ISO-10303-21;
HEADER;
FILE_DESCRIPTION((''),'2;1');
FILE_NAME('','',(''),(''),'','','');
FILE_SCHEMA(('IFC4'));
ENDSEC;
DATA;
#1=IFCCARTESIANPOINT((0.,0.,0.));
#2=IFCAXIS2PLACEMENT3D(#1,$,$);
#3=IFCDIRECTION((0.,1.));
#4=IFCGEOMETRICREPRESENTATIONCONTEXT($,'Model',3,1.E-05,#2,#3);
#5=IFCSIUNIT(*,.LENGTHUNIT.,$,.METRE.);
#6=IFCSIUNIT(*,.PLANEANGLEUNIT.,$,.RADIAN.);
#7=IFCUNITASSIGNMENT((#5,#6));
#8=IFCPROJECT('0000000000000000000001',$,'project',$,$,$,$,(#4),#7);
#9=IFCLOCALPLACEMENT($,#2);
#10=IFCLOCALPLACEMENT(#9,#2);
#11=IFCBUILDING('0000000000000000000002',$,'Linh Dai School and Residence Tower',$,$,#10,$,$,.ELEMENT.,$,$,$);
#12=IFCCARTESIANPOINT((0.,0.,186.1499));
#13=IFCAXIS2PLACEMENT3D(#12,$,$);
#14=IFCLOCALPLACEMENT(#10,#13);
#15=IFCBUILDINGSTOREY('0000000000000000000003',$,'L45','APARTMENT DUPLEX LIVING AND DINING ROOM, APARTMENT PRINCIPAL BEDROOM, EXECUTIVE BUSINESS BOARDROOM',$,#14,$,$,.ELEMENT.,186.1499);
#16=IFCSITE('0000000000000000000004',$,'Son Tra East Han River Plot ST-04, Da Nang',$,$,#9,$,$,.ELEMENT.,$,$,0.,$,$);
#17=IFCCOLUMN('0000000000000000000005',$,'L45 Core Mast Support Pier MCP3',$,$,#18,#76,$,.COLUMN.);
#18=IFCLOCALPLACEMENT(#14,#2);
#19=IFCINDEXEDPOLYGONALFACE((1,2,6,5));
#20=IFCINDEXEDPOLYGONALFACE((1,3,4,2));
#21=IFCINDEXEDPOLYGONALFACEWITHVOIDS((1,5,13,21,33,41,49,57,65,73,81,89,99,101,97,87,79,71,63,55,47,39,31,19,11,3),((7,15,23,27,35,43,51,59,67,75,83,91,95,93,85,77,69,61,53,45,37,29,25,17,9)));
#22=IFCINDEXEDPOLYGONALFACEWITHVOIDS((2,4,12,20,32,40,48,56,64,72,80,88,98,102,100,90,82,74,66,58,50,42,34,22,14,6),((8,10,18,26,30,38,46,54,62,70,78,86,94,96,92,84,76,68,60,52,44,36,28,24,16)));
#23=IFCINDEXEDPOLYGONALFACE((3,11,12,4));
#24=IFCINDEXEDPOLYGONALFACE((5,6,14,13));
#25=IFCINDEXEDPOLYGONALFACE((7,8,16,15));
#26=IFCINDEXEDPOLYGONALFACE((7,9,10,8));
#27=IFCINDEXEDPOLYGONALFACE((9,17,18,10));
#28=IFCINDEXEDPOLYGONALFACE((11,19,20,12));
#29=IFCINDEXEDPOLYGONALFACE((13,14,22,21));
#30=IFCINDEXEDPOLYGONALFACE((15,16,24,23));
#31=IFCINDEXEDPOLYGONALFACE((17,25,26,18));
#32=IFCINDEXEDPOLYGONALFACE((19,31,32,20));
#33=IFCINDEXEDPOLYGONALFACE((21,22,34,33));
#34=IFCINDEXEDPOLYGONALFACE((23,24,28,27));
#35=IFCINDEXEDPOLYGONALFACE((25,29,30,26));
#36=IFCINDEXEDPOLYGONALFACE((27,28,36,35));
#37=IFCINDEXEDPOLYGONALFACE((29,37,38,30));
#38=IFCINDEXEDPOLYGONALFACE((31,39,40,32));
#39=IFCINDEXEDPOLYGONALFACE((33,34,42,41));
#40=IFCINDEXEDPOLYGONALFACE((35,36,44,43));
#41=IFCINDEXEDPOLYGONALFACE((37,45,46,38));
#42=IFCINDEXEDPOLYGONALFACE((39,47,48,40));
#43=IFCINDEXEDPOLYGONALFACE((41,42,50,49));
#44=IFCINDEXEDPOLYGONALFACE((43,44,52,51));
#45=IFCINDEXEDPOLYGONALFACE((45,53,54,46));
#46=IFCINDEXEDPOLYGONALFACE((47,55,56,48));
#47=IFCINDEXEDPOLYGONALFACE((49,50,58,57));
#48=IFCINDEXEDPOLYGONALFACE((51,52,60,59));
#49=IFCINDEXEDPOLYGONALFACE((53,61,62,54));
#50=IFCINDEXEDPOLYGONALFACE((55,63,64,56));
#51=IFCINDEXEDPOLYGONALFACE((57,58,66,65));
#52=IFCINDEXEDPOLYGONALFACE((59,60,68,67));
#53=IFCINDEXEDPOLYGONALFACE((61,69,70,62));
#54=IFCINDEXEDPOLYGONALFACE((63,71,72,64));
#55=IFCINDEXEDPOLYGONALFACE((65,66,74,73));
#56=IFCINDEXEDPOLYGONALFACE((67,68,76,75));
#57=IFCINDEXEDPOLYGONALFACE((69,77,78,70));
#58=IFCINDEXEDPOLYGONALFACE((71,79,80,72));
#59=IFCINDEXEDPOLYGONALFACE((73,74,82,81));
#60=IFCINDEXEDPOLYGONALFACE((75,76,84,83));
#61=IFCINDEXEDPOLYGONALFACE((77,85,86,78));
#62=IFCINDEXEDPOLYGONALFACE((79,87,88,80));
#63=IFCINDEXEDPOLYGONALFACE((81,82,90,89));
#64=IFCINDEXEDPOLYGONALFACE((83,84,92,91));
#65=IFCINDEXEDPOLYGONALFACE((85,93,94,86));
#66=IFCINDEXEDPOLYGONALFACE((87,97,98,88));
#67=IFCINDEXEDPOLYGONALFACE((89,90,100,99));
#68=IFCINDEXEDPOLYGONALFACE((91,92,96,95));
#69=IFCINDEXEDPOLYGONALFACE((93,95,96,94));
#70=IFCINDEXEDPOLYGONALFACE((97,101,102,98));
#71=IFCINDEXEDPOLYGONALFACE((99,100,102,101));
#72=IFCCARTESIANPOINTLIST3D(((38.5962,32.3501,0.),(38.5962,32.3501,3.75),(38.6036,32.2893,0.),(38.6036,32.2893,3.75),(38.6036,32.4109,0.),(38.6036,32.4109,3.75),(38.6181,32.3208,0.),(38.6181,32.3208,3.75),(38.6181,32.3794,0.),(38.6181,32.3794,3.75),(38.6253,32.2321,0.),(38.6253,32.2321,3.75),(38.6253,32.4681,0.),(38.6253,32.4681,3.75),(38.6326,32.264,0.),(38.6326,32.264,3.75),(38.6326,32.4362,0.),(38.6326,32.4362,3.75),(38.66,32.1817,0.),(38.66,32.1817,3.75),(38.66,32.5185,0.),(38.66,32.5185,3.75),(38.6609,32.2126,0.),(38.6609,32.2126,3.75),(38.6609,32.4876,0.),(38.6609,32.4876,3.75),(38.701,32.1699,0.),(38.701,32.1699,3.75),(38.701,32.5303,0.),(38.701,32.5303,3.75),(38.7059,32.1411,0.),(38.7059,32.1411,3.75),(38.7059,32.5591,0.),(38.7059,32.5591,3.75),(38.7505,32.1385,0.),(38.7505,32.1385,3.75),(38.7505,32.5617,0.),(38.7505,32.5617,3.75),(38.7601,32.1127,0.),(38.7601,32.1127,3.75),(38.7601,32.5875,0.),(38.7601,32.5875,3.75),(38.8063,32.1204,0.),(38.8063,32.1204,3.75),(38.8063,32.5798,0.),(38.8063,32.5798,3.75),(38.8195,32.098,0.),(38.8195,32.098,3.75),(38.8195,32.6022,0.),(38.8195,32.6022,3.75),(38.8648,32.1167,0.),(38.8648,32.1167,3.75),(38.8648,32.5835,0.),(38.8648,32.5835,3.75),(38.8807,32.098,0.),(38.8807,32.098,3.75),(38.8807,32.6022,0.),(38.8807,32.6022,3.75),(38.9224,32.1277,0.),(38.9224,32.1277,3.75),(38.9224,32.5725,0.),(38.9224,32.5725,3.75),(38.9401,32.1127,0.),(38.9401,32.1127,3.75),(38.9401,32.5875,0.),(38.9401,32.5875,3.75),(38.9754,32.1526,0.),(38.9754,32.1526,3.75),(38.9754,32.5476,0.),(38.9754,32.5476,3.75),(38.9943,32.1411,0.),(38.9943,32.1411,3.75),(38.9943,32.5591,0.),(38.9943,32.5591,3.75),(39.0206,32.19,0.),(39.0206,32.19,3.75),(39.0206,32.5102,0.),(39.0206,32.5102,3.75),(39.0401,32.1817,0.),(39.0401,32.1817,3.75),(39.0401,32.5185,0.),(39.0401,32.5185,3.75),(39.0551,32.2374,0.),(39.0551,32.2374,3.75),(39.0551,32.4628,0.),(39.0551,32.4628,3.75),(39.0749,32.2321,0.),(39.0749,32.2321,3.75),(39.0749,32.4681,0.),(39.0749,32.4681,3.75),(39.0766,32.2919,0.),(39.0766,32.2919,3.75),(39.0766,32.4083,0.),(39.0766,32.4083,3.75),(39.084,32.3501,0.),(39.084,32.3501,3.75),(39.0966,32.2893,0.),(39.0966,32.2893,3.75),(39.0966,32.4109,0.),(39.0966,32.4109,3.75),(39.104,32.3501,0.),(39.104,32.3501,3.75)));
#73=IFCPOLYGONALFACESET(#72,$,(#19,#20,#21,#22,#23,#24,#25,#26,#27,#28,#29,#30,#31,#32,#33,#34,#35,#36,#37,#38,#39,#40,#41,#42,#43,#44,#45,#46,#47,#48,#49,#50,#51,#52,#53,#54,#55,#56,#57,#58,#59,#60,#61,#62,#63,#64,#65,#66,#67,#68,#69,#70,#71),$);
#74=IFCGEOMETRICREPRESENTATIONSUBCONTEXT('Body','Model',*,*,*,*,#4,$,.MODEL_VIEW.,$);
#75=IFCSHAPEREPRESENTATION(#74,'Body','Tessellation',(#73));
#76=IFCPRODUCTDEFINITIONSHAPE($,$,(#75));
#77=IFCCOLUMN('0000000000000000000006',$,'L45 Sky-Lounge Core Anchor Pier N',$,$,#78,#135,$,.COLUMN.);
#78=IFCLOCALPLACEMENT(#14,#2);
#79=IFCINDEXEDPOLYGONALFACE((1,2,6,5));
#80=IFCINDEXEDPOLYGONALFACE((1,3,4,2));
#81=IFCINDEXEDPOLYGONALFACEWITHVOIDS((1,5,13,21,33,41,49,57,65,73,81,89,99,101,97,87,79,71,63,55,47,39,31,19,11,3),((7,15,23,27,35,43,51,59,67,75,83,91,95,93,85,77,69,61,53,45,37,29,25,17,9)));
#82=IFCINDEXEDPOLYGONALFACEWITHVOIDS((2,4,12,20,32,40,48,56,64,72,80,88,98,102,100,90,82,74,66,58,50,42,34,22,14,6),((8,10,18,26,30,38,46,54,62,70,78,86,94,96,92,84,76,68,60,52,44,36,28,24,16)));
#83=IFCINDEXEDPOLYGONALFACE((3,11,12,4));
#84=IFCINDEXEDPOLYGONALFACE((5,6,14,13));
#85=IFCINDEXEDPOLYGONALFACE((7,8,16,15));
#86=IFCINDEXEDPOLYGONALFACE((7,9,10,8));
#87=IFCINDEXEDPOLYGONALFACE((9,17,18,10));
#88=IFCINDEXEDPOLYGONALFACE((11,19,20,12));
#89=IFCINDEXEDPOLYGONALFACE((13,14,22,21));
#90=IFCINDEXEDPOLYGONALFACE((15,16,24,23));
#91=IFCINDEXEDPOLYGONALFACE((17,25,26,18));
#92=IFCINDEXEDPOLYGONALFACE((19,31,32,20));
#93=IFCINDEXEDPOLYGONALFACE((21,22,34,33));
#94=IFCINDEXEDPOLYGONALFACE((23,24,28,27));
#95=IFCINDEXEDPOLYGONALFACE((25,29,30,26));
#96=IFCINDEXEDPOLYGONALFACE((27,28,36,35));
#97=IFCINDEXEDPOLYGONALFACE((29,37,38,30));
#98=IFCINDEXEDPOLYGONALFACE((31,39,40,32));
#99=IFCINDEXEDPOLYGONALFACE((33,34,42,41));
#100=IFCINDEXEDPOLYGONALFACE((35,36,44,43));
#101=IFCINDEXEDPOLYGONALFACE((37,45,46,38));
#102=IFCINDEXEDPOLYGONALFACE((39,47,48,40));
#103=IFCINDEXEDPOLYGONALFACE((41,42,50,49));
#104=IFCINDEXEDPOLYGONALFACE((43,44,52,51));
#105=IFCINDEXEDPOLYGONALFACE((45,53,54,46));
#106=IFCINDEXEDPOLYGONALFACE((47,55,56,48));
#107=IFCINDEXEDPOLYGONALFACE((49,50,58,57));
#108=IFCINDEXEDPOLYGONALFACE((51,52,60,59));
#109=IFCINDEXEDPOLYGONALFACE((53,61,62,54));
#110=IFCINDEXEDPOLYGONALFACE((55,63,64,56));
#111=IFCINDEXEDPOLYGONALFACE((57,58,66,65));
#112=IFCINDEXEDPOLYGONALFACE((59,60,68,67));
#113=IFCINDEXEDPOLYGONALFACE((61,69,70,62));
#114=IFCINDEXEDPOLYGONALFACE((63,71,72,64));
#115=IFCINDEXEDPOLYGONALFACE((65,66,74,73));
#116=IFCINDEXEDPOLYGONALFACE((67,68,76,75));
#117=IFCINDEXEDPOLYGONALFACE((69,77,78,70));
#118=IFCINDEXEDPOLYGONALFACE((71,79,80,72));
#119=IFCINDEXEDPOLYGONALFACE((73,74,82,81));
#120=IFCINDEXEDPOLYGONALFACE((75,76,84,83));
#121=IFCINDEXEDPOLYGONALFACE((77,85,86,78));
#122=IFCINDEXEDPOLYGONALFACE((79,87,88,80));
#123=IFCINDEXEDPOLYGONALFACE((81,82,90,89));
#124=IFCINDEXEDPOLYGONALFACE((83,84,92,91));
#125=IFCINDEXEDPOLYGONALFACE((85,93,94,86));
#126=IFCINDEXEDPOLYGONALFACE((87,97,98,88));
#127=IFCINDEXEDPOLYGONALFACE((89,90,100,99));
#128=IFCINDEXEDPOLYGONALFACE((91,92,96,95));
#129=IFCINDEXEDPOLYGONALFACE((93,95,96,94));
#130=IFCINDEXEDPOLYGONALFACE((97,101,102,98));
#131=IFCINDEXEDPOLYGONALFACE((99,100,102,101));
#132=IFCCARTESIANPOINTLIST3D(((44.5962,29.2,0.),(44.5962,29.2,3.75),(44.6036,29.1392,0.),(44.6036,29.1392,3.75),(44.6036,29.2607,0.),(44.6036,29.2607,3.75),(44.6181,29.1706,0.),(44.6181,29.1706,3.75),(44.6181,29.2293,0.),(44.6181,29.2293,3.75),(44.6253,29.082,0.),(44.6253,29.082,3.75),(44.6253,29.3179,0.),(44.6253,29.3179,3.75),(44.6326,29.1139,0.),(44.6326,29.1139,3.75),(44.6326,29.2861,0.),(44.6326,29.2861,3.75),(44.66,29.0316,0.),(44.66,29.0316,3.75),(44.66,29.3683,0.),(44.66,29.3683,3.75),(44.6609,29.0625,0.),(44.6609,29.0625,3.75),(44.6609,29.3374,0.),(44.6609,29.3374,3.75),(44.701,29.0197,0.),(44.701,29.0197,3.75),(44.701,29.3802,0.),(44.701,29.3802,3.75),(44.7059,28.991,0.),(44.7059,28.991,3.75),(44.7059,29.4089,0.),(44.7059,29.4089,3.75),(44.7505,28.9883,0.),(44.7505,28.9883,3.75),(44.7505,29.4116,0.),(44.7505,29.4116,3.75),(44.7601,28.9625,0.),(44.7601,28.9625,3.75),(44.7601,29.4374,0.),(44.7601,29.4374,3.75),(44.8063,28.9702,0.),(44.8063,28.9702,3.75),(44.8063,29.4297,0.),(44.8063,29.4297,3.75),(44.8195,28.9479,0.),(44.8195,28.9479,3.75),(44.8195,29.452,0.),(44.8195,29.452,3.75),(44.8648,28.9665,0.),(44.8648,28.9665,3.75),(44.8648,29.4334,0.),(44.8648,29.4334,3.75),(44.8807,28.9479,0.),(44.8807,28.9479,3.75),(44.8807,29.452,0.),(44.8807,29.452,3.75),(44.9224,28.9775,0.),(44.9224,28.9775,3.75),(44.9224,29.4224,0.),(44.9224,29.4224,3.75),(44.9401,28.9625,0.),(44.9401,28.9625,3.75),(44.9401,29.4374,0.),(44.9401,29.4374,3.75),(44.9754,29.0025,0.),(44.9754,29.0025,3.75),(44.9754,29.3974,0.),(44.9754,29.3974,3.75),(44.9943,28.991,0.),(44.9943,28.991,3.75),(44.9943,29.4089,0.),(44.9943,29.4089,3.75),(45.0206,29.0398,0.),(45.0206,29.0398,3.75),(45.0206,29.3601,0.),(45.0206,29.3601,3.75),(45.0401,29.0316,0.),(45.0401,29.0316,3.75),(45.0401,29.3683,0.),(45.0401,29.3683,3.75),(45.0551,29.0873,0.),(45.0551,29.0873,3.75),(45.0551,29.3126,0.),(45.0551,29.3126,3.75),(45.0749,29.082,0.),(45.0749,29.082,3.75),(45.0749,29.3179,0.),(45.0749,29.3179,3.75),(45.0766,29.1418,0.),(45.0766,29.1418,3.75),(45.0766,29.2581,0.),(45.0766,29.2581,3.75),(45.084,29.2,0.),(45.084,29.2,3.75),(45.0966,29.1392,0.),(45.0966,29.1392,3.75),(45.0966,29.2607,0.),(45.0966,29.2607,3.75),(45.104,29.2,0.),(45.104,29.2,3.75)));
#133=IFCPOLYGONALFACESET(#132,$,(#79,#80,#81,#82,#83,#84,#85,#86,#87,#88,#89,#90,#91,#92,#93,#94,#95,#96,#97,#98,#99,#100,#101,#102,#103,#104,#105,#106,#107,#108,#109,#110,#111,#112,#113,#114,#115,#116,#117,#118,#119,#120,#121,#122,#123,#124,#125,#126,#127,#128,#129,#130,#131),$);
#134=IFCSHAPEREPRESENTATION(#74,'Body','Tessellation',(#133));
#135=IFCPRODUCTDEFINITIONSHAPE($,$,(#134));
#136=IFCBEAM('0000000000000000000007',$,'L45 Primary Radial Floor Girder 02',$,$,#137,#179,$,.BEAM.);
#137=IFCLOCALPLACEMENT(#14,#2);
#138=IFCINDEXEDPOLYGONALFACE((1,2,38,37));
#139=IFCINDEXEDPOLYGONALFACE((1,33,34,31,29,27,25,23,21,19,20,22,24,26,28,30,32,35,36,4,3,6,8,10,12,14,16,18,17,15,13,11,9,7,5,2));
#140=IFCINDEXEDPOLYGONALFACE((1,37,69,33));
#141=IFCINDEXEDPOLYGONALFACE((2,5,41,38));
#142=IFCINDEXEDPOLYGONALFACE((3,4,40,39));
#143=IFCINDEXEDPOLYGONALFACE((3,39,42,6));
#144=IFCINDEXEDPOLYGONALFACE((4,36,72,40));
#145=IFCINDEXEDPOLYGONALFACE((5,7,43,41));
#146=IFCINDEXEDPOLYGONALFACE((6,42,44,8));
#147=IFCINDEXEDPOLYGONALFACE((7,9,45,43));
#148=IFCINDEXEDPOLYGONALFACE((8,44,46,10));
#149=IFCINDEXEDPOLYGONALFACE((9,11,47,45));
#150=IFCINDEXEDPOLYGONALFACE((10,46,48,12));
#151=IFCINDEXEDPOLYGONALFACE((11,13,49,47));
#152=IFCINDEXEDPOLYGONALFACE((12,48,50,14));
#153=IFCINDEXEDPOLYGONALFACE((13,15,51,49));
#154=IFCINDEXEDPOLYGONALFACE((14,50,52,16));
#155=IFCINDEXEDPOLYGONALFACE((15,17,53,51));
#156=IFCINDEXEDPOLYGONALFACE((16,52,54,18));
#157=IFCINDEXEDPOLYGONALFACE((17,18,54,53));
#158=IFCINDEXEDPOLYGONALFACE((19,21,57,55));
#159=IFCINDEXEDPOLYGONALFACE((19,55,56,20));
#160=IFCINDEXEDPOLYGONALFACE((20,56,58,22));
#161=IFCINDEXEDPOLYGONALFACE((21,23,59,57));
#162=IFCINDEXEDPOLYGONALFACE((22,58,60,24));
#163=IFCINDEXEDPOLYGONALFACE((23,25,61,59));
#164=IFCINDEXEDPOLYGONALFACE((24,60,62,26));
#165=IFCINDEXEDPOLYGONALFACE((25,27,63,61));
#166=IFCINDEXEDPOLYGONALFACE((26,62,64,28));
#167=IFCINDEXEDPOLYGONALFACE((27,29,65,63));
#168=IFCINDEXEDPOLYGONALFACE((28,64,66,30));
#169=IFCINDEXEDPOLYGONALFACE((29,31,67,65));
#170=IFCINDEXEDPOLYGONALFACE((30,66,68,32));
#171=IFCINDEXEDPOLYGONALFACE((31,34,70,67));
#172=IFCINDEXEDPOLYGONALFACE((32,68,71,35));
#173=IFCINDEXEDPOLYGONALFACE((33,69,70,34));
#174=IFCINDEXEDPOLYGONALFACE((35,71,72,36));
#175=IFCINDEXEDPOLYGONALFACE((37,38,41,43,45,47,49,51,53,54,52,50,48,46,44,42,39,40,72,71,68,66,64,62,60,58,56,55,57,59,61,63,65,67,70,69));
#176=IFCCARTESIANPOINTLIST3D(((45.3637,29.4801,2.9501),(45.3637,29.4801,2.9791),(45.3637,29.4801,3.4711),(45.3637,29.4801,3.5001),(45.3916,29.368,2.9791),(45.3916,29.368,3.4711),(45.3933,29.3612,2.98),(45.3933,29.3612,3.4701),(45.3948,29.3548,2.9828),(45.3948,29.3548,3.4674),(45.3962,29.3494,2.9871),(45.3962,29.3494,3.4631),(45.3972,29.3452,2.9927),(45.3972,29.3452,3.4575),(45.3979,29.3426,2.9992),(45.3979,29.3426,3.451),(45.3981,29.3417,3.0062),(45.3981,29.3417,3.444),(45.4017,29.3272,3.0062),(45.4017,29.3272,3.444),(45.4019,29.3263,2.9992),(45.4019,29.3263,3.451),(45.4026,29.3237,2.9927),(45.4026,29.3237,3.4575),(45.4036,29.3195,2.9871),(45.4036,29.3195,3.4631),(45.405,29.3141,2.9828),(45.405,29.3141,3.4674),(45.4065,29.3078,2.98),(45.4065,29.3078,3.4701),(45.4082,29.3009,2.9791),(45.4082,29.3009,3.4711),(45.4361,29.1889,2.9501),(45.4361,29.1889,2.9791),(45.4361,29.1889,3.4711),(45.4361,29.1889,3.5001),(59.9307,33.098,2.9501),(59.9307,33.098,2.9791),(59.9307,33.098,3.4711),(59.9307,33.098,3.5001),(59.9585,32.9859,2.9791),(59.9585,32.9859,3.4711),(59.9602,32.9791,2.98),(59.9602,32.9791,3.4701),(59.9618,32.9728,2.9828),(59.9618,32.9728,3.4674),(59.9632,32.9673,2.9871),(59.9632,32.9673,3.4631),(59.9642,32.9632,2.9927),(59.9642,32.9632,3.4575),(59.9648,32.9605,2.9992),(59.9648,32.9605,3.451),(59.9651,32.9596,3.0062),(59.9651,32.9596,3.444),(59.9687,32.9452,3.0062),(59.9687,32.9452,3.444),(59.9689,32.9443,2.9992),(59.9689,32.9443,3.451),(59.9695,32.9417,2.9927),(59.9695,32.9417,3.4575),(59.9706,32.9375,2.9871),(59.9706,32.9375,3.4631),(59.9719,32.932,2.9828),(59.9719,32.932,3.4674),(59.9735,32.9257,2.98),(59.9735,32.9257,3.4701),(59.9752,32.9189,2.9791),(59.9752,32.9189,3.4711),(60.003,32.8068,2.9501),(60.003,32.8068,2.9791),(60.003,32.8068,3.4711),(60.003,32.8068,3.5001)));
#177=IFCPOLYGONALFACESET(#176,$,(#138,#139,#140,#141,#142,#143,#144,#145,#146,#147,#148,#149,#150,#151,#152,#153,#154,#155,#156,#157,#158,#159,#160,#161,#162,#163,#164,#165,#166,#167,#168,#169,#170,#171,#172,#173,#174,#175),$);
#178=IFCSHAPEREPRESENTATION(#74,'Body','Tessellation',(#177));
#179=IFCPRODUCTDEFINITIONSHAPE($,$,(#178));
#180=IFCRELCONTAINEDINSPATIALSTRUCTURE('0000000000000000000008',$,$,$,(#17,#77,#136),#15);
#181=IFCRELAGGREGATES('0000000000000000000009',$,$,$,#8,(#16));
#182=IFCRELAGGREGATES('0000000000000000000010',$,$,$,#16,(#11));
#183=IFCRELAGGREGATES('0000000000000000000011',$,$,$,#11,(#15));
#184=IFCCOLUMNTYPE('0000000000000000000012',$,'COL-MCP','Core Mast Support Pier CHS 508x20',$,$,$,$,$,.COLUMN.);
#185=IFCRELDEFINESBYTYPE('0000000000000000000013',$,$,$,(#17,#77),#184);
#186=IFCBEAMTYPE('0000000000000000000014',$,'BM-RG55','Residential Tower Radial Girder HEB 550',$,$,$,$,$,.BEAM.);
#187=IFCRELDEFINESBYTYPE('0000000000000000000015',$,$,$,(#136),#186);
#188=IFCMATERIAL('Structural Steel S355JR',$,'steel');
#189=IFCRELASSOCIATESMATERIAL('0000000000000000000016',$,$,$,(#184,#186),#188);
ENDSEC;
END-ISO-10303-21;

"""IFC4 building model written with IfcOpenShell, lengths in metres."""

from ifc_helpers import new_model, si_unit, direction, frame, origin, origin_2d, place, context, subcontext, project, spatial, hollow_circle, i_section, extrude, material, material_profile, profile_set, type_object, element, save


model = new_model("IFC4")

# Units and contexts
model_context = context("Model", 3, precision=1e-05, world=origin(), true_north=direction((0.0, 1.0)))
body_context = subcontext(model_context, "Body", "Model", "MODEL_VIEW")
ifc_project = project(units=[si_unit("LENGTHUNIT", "METRE"), si_unit("PLANEANGLEUNIT", "RADIAN")], contexts=[model_context])

# Site, building, storey
site_placement = place(None, origin())
site = spatial("IfcSite", under=ifc_project, at=site_placement, Name="Son Tra East Han River Plot ST-04, Da Nang", CompositionType="ELEMENT", RefElevation=0.0)
building_placement = place(site_placement, origin())
building = spatial("IfcBuilding", under=site, at=building_placement, Name="Linh Dai School and Residence Tower", CompositionType="ELEMENT")
storey_placement = place(building_placement, frame((0.0, 0.0, 186.1499)))
storey = spatial("IfcBuildingStorey", under=building, at=storey_placement, Name="L45", Description="APARTMENT DUPLEX LIVING AND DINING ROOM, APARTMENT PRINCIPAL BEDROOM, EXECUTIVE BUSINESS BOARDROOM", CompositionType="ELEMENT", Elevation=186.1499)

# Columns
ifc_material_1 = material(Name="Structural Steel S355JR", Category="steel")
ifc_material_profile_1 = material_profile(ifc_material_1, hollow_circle(Radius=0.2539, WallThickness=0.02, at=origin_2d()), Name="CHS 508x20")
ifc_profile_set_1 = profile_set([ifc_material_profile_1], Name="Structural Steel S355JR")
column_type_1 = type_object("IfcColumnType", Name="COL-MCP", Description="Core Mast Support Pier CHS 508x20", PredefinedType="COLUMN", material=ifc_profile_set_1)
for number, where, z_axis, x_axis, name in (
    (1, (38.8501, 32.3501, 0.0), (0.0, 0.0, 1.0), (1.0, 0.0, 0.0), "L45 Core Mast Support Pier MCP3"),
    (2, (44.8501, 29.2, 0.0), (0.0, 0.0, 1.0), (1.0, 0.0, 0.0), "L45 Sky-Lounge Core Anchor Pier N"),
):
    element("IfcColumn", number, at=place(storey_placement, frame(where, z_axis=z_axis, x_axis=x_axis)), inside=storey, type_object=column_type_1, Name=name, PredefinedType="COLUMN", context=body_context, shape_type="SweptSolid", body=[
        extrude(hollow_circle(Radius=0.2539, WallThickness=0.02, at=origin_2d()), origin(), (0.0, 0.0, 1.0), 3.75),
    ])

# Beam
ifc_material_profile_2 = material_profile(ifc_material_1, i_section(OverallWidth=0.3, OverallDepth=0.55, WebThickness=0.0149, FlangeThickness=0.0291, FilletRadius=0.0271, at=origin_2d()), Name="HEB 550")
ifc_profile_set_2 = profile_set([ifc_material_profile_2], Name="Structural Steel S355JR")
beam_type_1 = type_object("IfcBeamType", Name="BM-RG55", Description="Residential Tower Radial Girder HEB 550", PredefinedType="BEAM", material=ifc_profile_set_2)
beam_1_placement = place(storey_placement, frame((45.3999, 29.3345, 3.2251), z_axis=(0.970515, 0.241043, 0.0), x_axis=(-0.241043, 0.970515, 0.0)))
element("IfcBeam", 3, at=beam_1_placement, inside=storey, type_object=beam_type_1, Name="L45 Primary Radial Floor Girder 02", PredefinedType="BEAM", context=body_context, shape_type="SweptSolid", body=[
    extrude(i_section(OverallWidth=0.3, OverallDepth=0.55, WebThickness=0.0149, FlangeThickness=0.0291, FilletRadius=0.0271, at=origin_2d()), origin(), (0.0, 0.0, 1.0), 15.0095),
])

save(model, "model.ifc")
